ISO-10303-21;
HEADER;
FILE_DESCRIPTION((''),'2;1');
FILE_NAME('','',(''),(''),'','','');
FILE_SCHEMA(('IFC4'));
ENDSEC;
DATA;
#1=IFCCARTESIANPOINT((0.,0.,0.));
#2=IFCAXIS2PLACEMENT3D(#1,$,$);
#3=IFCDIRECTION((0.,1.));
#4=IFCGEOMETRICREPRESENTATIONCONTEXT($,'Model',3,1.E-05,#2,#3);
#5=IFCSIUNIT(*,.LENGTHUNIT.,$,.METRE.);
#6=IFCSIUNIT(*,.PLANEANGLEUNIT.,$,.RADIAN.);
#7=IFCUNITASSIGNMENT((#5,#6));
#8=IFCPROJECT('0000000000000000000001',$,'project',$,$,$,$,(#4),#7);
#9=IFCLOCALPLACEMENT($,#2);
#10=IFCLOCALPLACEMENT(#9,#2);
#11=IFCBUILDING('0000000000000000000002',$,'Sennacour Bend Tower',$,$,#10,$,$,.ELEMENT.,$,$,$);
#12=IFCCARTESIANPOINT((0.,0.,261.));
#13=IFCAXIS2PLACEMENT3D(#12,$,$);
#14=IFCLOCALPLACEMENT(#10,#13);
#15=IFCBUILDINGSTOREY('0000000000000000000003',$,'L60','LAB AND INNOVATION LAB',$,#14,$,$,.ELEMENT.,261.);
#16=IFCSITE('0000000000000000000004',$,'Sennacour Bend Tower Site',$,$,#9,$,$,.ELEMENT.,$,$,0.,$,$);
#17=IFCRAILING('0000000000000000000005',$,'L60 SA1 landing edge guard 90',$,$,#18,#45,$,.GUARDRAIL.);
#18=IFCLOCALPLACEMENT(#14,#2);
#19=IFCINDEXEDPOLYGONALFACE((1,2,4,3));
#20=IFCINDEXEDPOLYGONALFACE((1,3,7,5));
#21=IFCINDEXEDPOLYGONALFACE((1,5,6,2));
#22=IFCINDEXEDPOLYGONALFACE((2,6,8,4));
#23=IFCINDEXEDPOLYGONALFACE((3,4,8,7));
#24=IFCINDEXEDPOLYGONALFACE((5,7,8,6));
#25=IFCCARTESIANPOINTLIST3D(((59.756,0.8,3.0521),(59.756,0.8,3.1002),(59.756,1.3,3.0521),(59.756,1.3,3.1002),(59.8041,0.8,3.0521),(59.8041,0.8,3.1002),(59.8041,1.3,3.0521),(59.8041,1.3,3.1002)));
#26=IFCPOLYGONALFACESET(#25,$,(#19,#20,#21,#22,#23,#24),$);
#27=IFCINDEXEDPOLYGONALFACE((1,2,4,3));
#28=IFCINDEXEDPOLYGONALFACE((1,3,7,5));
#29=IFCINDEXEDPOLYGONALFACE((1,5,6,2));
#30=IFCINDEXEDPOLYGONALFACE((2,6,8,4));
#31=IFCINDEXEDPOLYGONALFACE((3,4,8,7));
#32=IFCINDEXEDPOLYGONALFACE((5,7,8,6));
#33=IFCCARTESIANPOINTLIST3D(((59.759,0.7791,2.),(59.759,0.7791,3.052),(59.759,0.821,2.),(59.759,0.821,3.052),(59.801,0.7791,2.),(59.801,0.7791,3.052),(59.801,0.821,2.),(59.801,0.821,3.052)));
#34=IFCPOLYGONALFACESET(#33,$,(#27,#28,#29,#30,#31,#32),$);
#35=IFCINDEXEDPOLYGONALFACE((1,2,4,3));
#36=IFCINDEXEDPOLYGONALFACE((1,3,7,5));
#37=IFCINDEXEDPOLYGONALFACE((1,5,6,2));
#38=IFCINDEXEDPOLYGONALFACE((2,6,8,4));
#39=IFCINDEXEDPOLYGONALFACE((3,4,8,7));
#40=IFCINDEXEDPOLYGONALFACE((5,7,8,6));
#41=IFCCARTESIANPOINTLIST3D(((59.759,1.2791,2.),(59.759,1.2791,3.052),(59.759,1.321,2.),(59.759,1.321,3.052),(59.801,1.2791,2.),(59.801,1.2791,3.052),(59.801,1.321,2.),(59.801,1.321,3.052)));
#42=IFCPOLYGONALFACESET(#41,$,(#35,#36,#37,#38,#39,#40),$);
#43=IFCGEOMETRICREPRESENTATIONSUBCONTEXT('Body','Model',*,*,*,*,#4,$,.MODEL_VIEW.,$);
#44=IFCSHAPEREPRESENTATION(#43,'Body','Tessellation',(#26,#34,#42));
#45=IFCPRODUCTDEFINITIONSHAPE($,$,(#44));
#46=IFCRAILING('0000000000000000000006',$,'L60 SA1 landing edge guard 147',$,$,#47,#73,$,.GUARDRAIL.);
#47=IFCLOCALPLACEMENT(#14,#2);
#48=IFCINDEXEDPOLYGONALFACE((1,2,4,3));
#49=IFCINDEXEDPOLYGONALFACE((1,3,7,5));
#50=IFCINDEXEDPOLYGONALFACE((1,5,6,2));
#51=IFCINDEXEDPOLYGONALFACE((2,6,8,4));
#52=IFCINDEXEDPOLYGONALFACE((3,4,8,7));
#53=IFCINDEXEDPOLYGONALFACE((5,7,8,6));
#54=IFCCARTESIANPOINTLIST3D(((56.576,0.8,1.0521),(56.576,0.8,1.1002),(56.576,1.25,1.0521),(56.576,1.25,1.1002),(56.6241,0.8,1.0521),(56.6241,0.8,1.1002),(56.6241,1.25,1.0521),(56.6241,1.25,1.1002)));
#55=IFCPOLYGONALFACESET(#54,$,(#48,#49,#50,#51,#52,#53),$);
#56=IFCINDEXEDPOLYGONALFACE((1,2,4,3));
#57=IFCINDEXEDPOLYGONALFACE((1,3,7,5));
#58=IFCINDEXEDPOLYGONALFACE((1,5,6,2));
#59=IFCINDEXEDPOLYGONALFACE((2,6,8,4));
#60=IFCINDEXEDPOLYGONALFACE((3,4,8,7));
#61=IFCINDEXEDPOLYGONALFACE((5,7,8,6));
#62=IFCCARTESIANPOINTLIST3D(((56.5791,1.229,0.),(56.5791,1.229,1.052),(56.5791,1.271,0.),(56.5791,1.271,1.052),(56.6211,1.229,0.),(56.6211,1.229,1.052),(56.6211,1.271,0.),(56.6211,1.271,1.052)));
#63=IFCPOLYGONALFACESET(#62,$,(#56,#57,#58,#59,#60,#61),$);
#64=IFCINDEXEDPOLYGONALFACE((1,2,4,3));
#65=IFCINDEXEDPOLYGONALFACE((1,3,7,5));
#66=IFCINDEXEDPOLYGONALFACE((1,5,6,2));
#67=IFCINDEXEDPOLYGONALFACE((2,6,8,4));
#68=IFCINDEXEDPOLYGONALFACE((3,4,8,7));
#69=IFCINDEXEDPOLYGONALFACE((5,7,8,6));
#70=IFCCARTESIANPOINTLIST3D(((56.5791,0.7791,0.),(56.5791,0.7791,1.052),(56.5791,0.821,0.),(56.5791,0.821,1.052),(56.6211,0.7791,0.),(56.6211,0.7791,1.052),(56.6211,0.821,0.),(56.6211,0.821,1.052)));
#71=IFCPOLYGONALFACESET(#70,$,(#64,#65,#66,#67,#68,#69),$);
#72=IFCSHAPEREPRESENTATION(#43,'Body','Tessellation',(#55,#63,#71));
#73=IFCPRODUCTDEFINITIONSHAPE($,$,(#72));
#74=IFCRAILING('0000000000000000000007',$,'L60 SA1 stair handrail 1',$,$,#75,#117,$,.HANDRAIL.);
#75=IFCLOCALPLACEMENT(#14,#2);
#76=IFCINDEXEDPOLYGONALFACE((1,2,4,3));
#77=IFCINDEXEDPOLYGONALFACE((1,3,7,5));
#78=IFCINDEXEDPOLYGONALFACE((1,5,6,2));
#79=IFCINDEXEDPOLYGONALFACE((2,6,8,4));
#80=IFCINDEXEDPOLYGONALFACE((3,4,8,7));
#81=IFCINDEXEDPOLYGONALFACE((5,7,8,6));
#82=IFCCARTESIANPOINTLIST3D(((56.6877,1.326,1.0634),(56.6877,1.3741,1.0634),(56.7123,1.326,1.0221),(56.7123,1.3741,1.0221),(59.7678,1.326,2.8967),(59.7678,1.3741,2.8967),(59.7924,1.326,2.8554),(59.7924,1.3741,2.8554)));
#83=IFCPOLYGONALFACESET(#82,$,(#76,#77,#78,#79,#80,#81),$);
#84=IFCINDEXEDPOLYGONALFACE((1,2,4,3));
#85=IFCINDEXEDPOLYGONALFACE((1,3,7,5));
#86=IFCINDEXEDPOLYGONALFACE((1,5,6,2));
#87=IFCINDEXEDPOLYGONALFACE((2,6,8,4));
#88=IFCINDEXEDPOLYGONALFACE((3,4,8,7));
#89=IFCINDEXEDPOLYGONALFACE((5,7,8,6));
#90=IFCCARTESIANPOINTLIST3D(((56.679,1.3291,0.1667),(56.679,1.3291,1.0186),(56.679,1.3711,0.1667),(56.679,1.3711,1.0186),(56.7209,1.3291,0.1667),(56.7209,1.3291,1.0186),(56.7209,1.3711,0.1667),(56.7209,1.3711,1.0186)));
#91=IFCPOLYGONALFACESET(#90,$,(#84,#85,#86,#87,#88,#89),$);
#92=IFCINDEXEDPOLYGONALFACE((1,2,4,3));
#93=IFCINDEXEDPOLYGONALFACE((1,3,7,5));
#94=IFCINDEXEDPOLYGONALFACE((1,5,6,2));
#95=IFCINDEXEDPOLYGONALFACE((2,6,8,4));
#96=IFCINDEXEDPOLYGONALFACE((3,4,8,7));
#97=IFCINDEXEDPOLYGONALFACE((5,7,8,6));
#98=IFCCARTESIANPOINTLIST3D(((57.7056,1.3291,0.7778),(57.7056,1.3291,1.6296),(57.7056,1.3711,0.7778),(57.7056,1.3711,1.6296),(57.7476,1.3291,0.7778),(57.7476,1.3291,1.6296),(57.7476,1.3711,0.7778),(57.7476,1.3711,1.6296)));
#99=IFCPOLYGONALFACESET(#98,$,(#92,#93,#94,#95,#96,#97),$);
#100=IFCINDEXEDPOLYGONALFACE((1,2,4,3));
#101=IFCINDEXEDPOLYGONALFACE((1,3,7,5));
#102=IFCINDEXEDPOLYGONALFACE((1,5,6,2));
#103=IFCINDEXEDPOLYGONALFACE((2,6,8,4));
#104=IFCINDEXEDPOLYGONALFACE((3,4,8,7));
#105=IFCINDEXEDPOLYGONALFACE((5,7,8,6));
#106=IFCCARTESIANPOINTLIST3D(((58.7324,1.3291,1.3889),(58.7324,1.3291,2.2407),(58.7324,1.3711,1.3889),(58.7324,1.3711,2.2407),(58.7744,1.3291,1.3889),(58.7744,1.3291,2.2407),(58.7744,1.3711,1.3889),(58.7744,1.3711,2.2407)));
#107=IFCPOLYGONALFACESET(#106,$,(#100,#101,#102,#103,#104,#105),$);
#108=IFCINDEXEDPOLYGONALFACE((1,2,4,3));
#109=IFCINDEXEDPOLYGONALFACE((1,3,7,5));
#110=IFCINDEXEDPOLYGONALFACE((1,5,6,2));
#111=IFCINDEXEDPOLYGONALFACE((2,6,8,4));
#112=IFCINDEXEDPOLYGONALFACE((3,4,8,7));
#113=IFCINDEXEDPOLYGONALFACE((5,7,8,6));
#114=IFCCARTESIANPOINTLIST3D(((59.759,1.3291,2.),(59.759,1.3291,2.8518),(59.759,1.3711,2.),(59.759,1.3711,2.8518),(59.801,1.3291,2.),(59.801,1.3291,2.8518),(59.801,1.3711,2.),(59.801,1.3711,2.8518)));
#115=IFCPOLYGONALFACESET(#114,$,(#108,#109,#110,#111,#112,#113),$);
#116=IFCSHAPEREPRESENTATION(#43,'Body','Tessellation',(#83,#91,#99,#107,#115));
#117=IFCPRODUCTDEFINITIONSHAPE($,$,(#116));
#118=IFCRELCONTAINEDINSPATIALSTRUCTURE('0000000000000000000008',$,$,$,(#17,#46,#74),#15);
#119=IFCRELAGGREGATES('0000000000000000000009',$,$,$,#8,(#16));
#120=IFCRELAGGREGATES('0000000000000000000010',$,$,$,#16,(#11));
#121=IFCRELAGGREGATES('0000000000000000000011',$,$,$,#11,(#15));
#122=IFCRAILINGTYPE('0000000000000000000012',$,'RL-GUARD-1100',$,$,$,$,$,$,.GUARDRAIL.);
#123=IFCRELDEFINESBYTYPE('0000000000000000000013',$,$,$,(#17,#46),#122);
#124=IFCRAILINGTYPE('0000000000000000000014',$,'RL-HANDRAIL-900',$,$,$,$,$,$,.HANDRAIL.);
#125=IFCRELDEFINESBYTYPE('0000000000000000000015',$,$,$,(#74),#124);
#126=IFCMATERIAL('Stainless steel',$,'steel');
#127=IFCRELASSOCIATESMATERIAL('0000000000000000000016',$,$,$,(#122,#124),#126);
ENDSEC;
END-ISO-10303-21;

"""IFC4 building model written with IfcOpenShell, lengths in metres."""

from ifc_helpers import new_model, si_unit, direction, frame, origin, origin_2d, place, context, subcontext, project, spatial, rectangle, extrude, material, type_object, element, save


model = new_model("IFC4")

# Units and contexts
model_context = context("Model", 3, precision=1e-05, world=origin(), true_north=direction((0.0, 1.0)))
body_context = subcontext(model_context, "Body", "Model", "MODEL_VIEW")
ifc_project = project(units=[si_unit("LENGTHUNIT", "METRE"), si_unit("PLANEANGLEUNIT", "RADIAN")], contexts=[model_context])

# Site, building, storey
site_placement = place(None, origin())
site = spatial("IfcSite", under=ifc_project, at=site_placement, Name="Sennacour Bend Tower Site", CompositionType="ELEMENT", RefElevation=0.0)
building_placement = place(site_placement, origin())
building = spatial("IfcBuilding", under=site, at=building_placement, Name="Sennacour Bend Tower", CompositionType="ELEMENT")
storey_placement = place(building_placement, frame((0.0, 0.0, 261.0)))
storey = spatial("IfcBuildingStorey", under=building, at=storey_placement, Name="L60", Description="LAB AND INNOVATION LAB", CompositionType="ELEMENT", Elevation=261.0)

# Shared definitions
ifc_material_1 = material(Name="Stainless steel", Category="steel")

# Railings
railing_type_1 = type_object("IfcRailingType", Name="RL-GUARD-1100", PredefinedType="GUARDRAIL", material=ifc_material_1)
railing_1_placement = place(storey_placement, frame((59.78, 0.8, 2.0)))
element("IfcRailing", 1, at=railing_1_placement, inside=storey, type_object=railing_type_1, Name="L60 SA1 landing edge guard 90", PredefinedType="GUARDRAIL", context=body_context, shape_type="SweptSolid", body=[
    extrude(rectangle(XDim=0.0481, YDim=0.0481, at=origin_2d()), frame((0.0, 0.0, 1.0762), z_axis=(0.0, 1.0, 0.0), x_axis=(-1.0, 0.0, 0.0)), (0.0, 0.0, 1.0), 0.5),
    extrude(rectangle(XDim=0.042, YDim=0.042, at=origin_2d()), origin(), (0.0, 0.0, 1.0), 1.052),
    extrude(rectangle(XDim=0.042, YDim=0.042, at=origin_2d()), frame((0.0, 0.5, 0.0)), (0.0, 0.0, 1.0), 1.052),
])
railing_2_placement = place(storey_placement, frame((56.6001, 1.25, 0.0)))
element("IfcRailing", 2, at=railing_2_placement, inside=storey, type_object=railing_type_1, Name="L60 SA1 landing edge guard 147", PredefinedType="GUARDRAIL", context=body_context, shape_type="SweptSolid", body=[
    extrude(rectangle(XDim=0.0481, YDim=0.0481, at=origin_2d()), frame((0.0, 0.0, 1.0762), z_axis=(0.0, -1.0, 0.0), x_axis=(1.0, 0.0, 0.0)), (0.0, 0.0, 1.0), 0.45),
    extrude(rectangle(XDim=0.042, YDim=0.042, at=origin_2d()), origin(), (0.0, 0.0, 1.0), 1.052),
    extrude(rectangle(XDim=0.042, YDim=0.042, at=origin_2d()), frame((0.0, -0.45, 0.0)), (0.0, 0.0, 1.0), 1.052),
])
railing_type_2 = type_object("IfcRailingType", Name="RL-HANDRAIL-900", PredefinedType="HANDRAIL", material=ifc_material_1)
railing_3_placement = place(storey_placement, frame((56.7, 1.3501, 0.1667)))
element("IfcRailing", 3, at=railing_3_placement, inside=storey, type_object=railing_type_2, Name="L60 SA1 stair handrail 1", PredefinedType="HANDRAIL", context=body_context, shape_type="SweptSolid", body=[
    extrude(rectangle(XDim=0.0481, YDim=0.0481, at=origin_2d()), frame((0.0, 0.0, 0.876), z_axis=(0.859309, 0.0, 0.511458), x_axis=(0.0, 1.0, 0.0)), (0.0, 0.0, 1.0), 3.5845),
    extrude(rectangle(XDim=0.042, YDim=0.042, at=origin_2d()), origin(), (0.0, 0.0, 1.0), 0.8518),
    extrude(rectangle(XDim=0.042, YDim=0.042, at=origin_2d()), frame((1.0266, 0.0, 0.6111)), (0.0, 0.0, 1.0), 0.8518),
    extrude(rectangle(XDim=0.042, YDim=0.042, at=origin_2d()), frame((2.0535, 0.0, 1.2222)), (0.0, 0.0, 1.0), 0.8518),
    extrude(rectangle(XDim=0.042, YDim=0.042, at=origin_2d()), frame((3.0801, 0.0, 1.8333)), (0.0, 0.0, 1.0), 0.8518),
])

save(model, "model.ifc")
